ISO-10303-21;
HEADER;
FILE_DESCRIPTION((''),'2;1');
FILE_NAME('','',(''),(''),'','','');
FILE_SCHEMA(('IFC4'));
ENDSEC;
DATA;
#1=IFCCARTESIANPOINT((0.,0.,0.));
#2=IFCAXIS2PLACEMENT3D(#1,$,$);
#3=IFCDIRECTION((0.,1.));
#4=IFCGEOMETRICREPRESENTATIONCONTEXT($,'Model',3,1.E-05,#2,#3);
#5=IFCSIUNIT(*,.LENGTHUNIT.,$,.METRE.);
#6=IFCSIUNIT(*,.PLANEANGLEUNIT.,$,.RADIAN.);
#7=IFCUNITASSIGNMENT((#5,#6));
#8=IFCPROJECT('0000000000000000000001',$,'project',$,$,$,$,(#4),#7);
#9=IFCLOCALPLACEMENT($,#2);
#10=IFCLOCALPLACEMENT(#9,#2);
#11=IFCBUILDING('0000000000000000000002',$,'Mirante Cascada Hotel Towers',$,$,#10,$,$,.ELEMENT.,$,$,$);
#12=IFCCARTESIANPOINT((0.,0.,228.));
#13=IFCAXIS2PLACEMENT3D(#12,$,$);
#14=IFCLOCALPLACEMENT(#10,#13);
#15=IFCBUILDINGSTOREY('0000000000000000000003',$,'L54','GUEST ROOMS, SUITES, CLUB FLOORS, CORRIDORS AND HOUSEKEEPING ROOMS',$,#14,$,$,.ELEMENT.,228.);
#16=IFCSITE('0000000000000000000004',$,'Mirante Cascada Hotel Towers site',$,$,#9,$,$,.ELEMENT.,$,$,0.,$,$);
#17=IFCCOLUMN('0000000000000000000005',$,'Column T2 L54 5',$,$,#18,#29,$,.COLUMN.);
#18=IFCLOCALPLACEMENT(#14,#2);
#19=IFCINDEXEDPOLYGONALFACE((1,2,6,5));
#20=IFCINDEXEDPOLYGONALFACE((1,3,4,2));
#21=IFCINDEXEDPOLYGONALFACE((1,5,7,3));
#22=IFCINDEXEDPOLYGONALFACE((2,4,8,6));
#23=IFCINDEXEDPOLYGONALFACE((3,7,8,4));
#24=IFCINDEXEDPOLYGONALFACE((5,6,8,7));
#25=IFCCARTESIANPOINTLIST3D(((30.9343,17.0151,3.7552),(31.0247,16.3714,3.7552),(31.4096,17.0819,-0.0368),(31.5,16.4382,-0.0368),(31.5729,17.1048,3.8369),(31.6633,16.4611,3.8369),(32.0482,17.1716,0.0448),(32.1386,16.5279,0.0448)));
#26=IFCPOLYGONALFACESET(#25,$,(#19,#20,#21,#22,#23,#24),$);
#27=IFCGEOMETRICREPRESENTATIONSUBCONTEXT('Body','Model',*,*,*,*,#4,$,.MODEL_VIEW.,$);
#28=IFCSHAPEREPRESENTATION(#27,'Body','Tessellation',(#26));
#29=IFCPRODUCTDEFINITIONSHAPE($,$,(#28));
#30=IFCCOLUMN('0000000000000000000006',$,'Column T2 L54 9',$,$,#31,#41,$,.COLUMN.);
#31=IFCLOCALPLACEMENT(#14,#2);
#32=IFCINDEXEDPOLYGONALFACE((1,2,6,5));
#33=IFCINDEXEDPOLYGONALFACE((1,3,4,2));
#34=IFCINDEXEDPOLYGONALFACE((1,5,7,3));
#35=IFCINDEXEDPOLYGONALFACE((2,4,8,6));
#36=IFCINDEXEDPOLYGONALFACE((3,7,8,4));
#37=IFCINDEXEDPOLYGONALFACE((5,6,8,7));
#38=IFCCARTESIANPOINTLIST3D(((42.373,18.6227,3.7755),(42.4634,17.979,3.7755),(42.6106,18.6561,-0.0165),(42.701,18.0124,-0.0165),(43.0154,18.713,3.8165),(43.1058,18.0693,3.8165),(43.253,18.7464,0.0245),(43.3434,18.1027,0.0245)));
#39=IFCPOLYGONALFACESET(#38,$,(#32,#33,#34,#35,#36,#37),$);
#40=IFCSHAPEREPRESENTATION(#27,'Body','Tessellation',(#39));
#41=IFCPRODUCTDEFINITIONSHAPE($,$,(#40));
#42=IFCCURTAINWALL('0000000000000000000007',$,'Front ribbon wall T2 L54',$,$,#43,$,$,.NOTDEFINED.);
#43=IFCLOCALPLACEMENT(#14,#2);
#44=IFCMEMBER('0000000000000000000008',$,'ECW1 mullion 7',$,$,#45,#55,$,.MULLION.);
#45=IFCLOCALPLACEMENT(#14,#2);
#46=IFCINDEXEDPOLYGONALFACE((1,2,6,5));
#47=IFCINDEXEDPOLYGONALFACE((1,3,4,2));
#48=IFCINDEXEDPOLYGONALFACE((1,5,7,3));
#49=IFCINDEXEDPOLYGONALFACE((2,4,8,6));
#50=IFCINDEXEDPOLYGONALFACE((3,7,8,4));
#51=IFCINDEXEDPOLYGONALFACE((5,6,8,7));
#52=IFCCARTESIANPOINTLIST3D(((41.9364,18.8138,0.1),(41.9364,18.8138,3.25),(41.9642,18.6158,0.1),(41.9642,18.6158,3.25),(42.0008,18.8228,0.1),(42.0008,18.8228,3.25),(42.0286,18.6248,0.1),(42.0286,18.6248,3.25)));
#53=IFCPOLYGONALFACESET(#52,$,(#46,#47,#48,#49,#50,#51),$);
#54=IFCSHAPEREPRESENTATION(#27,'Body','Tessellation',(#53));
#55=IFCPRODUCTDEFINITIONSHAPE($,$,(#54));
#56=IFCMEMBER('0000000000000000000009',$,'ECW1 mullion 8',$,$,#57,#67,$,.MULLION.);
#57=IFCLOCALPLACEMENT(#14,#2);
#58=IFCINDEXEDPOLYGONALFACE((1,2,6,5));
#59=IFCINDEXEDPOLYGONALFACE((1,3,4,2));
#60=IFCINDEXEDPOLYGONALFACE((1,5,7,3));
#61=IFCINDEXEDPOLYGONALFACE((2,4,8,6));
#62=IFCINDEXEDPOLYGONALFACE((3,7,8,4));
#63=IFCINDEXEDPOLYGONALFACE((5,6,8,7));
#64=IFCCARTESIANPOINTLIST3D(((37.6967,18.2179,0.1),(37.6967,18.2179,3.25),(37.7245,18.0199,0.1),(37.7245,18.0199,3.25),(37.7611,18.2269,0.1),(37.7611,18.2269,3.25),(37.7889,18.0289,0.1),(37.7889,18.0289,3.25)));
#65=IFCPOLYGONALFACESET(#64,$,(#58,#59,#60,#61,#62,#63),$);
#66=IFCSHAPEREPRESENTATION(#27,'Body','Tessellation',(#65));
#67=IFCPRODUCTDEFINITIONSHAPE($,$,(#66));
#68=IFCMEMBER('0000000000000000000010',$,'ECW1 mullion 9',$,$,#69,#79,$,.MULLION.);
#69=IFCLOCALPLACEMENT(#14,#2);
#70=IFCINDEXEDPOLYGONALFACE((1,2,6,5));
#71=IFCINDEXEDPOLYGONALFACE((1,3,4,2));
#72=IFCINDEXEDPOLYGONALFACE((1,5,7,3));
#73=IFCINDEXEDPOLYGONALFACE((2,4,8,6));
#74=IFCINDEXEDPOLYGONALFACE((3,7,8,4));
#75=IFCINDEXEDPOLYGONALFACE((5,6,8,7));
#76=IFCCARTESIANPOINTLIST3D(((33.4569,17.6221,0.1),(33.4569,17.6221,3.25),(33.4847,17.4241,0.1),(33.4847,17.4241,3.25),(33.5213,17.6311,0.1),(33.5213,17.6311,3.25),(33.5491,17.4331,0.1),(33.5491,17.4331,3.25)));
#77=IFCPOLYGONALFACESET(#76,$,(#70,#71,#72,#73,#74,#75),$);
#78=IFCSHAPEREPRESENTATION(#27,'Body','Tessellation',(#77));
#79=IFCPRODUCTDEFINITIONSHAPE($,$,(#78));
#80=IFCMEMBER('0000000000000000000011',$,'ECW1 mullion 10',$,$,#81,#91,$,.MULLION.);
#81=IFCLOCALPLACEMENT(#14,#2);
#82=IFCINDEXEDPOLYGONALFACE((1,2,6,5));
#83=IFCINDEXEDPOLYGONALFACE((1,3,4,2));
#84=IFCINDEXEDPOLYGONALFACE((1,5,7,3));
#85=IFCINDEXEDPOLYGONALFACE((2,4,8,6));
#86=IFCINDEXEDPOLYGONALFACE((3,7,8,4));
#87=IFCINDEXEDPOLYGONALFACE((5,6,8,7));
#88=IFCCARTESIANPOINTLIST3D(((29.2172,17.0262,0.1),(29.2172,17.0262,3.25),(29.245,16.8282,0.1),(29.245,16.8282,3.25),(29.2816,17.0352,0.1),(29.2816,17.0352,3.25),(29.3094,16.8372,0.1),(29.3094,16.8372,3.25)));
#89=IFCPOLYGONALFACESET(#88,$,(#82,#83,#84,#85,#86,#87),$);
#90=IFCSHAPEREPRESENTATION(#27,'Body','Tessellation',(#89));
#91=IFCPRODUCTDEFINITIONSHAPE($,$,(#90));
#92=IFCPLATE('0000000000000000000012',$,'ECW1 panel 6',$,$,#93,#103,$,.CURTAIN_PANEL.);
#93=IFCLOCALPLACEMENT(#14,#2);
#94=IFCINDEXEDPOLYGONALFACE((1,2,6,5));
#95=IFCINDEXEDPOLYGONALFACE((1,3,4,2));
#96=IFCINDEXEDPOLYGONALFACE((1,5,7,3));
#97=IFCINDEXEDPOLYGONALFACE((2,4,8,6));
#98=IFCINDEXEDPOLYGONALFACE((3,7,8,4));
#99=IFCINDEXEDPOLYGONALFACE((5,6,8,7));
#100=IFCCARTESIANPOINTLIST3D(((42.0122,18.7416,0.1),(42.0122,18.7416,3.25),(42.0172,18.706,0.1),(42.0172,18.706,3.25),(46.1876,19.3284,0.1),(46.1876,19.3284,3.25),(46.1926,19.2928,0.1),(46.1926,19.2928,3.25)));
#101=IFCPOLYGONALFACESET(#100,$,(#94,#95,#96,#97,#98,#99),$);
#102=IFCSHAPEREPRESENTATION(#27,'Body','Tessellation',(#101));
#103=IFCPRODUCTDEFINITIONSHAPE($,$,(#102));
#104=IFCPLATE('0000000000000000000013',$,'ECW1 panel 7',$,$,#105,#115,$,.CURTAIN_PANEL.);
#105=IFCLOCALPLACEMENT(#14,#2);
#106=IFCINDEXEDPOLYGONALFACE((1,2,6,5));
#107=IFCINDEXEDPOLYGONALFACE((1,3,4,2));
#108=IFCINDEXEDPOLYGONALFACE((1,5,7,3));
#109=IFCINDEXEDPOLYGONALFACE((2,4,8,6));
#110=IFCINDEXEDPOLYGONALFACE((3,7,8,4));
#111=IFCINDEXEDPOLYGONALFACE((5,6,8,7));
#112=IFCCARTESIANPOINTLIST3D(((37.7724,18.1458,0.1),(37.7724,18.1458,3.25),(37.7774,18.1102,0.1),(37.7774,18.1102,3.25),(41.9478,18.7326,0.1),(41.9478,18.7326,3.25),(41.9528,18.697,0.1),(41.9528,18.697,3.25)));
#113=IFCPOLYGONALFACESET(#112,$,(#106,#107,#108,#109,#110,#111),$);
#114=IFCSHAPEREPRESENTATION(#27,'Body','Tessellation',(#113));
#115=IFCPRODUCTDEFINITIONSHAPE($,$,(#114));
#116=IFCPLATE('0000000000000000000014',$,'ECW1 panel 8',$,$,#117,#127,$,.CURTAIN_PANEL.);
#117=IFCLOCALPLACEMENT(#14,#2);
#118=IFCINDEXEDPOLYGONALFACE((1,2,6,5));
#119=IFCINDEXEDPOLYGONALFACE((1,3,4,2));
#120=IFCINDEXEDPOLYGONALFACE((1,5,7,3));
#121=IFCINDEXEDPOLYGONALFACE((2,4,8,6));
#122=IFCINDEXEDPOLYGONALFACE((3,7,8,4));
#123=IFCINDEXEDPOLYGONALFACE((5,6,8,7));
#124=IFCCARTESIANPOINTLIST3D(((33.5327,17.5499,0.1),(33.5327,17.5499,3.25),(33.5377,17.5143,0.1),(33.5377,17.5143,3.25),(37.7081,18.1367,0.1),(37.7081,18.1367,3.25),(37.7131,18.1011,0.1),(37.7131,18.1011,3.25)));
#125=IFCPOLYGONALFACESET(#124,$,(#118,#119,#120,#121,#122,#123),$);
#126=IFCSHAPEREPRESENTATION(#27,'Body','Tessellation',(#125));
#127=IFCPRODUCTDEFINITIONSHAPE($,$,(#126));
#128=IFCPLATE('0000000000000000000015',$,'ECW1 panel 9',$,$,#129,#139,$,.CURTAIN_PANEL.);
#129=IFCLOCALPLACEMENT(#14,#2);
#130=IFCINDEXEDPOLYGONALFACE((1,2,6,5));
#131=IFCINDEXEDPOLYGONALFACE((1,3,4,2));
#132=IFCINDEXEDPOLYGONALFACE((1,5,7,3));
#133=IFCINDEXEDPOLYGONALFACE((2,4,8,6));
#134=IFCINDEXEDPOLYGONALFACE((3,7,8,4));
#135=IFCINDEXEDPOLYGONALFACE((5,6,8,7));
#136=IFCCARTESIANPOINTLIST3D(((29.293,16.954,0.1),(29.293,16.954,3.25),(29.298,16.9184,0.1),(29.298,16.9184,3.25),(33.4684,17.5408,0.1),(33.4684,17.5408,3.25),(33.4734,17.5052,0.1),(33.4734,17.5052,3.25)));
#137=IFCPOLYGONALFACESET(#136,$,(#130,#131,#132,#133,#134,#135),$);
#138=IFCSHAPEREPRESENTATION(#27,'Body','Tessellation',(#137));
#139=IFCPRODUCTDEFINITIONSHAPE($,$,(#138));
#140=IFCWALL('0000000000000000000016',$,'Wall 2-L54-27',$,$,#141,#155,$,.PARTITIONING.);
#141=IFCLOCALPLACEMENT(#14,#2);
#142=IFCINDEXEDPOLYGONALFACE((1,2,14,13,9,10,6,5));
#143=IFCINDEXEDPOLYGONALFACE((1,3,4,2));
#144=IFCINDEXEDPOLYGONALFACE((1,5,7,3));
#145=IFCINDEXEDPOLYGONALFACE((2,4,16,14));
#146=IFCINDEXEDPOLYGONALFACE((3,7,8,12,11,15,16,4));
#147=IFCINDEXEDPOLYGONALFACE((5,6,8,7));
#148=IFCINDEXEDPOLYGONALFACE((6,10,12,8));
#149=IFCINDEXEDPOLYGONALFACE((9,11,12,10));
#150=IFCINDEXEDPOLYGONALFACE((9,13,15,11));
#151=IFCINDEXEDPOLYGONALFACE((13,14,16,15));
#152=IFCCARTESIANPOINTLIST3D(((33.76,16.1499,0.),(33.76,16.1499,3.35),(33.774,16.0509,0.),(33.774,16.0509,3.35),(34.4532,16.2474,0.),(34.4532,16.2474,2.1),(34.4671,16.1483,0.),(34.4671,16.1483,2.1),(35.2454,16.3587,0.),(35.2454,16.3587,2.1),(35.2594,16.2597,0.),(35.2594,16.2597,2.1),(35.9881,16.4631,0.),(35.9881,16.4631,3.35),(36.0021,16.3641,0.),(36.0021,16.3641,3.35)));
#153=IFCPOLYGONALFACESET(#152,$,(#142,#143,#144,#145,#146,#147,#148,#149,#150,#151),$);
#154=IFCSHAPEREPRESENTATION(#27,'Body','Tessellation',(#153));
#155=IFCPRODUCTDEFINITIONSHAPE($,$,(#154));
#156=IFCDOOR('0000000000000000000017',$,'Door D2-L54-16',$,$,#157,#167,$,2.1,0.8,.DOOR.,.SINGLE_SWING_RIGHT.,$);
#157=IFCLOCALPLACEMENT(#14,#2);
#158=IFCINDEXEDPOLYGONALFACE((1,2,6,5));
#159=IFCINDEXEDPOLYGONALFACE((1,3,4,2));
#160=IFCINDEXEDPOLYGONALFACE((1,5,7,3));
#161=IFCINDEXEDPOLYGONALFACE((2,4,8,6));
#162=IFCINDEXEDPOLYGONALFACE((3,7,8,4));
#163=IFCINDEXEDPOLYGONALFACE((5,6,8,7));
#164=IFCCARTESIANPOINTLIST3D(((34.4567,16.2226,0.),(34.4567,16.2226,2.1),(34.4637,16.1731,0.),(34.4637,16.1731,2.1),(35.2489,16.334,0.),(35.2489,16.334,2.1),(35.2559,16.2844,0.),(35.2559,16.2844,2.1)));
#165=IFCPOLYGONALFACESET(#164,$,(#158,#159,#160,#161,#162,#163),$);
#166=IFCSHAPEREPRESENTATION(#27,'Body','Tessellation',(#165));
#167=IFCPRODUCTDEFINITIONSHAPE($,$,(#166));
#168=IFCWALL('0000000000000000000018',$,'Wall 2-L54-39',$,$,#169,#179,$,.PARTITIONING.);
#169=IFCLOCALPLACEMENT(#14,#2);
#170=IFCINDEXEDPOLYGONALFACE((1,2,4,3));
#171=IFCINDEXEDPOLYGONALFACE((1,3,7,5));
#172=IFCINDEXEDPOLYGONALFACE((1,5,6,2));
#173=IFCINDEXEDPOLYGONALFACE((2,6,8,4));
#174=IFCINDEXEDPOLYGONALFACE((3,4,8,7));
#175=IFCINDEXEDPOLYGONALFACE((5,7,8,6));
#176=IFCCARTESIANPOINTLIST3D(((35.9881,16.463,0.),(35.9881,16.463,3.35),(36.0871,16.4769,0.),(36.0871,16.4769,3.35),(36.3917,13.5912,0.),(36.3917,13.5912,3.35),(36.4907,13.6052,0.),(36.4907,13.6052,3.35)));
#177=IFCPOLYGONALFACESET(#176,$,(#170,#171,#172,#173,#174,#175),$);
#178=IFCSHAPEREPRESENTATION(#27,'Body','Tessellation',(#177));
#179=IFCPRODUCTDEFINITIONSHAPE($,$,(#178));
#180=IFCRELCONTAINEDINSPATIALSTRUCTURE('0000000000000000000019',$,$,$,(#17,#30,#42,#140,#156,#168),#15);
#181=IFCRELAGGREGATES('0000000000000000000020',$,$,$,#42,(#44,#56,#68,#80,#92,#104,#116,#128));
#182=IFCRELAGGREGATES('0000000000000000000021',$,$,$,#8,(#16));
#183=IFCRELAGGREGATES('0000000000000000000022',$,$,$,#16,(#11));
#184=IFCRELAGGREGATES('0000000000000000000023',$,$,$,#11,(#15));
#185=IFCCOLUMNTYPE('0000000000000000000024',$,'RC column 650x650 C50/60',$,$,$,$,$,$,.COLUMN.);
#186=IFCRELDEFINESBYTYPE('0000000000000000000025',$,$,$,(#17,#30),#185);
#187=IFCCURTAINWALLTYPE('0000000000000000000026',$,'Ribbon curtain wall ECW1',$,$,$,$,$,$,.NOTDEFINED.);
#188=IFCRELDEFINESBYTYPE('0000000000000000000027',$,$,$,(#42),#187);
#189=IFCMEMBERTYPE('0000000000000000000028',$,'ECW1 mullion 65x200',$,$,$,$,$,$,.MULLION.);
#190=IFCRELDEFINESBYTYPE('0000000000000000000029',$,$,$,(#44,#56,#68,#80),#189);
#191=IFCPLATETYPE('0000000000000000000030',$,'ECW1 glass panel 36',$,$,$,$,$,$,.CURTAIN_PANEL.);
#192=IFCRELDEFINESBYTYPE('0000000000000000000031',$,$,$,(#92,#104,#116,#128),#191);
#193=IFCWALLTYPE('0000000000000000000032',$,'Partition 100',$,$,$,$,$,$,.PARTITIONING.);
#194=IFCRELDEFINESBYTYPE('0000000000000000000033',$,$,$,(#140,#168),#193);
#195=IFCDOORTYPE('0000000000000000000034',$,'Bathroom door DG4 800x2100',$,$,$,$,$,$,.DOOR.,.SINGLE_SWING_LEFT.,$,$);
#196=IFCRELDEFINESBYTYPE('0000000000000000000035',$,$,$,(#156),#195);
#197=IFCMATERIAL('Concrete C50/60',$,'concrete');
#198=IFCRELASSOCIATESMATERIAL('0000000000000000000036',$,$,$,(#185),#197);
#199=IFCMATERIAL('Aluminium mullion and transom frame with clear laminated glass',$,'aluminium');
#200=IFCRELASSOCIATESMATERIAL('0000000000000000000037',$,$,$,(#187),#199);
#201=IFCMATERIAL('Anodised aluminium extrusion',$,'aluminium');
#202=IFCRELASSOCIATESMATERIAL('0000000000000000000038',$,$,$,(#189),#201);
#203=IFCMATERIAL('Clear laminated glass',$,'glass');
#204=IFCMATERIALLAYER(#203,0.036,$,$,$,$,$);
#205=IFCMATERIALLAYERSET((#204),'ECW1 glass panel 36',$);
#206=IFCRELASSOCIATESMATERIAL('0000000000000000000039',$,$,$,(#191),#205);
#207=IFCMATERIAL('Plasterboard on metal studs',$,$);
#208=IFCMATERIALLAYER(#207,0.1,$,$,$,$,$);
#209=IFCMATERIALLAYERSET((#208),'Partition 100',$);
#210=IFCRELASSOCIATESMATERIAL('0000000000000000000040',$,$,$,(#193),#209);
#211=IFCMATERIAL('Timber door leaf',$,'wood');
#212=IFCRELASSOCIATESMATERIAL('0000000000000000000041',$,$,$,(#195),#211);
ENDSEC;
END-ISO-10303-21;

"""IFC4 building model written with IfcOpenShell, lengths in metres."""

from ifc_helpers import new_model, si_unit, direction, frame, frame_2d, origin, origin_2d, place, context, subcontext, project, spatial, rectangle, extrude, material, layer, layer_set, material_profile, profile_set, type_object, element, fill, aggregate, save


model = new_model("IFC4")

# Units and contexts
model_context = context("Model", 3, precision=1e-05, world=origin(), true_north=direction((0.0, 1.0)))
body_context = subcontext(model_context, "Body", "Model", "MODEL_VIEW")
ifc_project = project(units=[si_unit("LENGTHUNIT", "METRE"), si_unit("PLANEANGLEUNIT", "RADIAN")], contexts=[model_context])

# Site, building, storey
site_placement = place(None, origin())
site = spatial("IfcSite", under=ifc_project, at=site_placement, Name="Mirante Cascada Hotel Towers site", CompositionType="ELEMENT", RefElevation=0.0)
building_placement = place(site_placement, origin())
building = spatial("IfcBuilding", under=site, at=building_placement, Name="Mirante Cascada Hotel Towers", CompositionType="ELEMENT")
storey_placement = place(building_placement, frame((0.0, 0.0, 228.0)))
storey = spatial("IfcBuildingStorey", under=building, at=storey_placement, Name="L54", Description="GUEST ROOMS, SUITES, CLUB FLOORS, CORRIDORS AND HOUSEKEEPING ROOMS", CompositionType="ELEMENT", Elevation=228.0)

# Columns
ifc_material_1 = material(Name="Concrete C50/60", Category="concrete")
ifc_material_profile_1 = material_profile(ifc_material_1, rectangle(XDim=0.65, YDim=0.65, at=origin_2d()), Name="RC column 650x650 C50/60")
ifc_profile_set_1 = profile_set([ifc_material_profile_1], Name="Concrete C50/60")
column_type = type_object("IfcColumnType", Name="RC column 650x650 C50/60", PredefinedType="COLUMN", material=ifc_profile_set_1)
column_1_placement = place(storey_placement, frame((31.7741, 16.8049, 0.004), z_axis=(-0.124351, -0.017477, 0.992084), x_axis=(0.139175, -0.990268, 0.0)))
element("IfcColumn", 1, at=column_1_placement, inside=storey, type_object=column_type, Name="Column T2 L54 5", PredefinedType="COLUMN", context=body_context, shape_type="SweptSolid", body=[
    extrude(rectangle(XDim=0.65, YDim=0.65, at=origin_2d()), origin(), (0.0, 0.0, 1.0), 3.8223),
])
column_2_placement = place(storey_placement, frame((42.977, 18.3794, 0.004), z_axis=(-0.062533, -0.00879, 0.998004), x_axis=(0.139204, -0.990264, 0.0)))
element("IfcColumn", 2, at=column_2_placement, inside=storey, type_object=column_type, Name="Column T2 L54 9", PredefinedType="COLUMN", context=body_context, shape_type="SweptSolid", body=[
    extrude(rectangle(XDim=0.65, YDim=0.65, at=origin_2d()), origin(), (0.0, 0.0, 1.0), 3.7996),
])

# Curtain wall, members, plates
ifc_material_2 = material(Name="Aluminium mullion and transom frame with clear laminated glass", Category="aluminium")
curtain_wall_type = type_object("IfcCurtainWallType", Name="Ribbon curtain wall ECW1", PredefinedType="NOTDEFINED", material=ifc_material_2)
curtain_wall_placement = place(storey_placement, origin())
curtain_wall = element("IfcCurtainWall", 3, at=curtain_wall_placement, inside=storey, type_object=curtain_wall_type, Name="Front ribbon wall T2 L54", PredefinedType="NOTDEFINED")
ifc_material_3 = material(Name="Anodised aluminium extrusion", Category="aluminium")
ifc_material_profile_2 = material_profile(ifc_material_3, rectangle(XDim=0.2, YDim=0.065, at=origin_2d()), Name="ECW1 MULLION 65x200")
ifc_profile_set_2 = profile_set([ifc_material_profile_2], Name="Anodised aluminium extrusion")
member_type = type_object("IfcMemberType", Name="ECW1 mullion 65x200", PredefinedType="MULLION", material=ifc_profile_set_2)
member_1_placement = place(storey_placement, frame((41.9825, 18.7193, 0.1), z_axis=(0.0, 0.0, 1.0), x_axis=(0.139173, -0.990268, 0.0)))
member_1 = element("IfcMember", 4, at=member_1_placement, type_object=member_type, Name="ECW1 mullion 7", PredefinedType="MULLION", context=body_context, shape_type="SweptSolid", body=[
    extrude(rectangle(XDim=0.2, YDim=0.065, at=origin_2d()), origin(), (0.0, 0.0, 1.0), 3.15),
])
member_2_placement = place(storey_placement, frame((37.7428, 18.1234, 0.1), z_axis=(0.0, 0.0, 1.0), x_axis=(0.139173, -0.990268, 0.0)))
member_2 = element("IfcMember", 5, at=member_2_placement, type_object=member_type, Name="ECW1 mullion 8", PredefinedType="MULLION", context=body_context, shape_type="SweptSolid", body=[
    extrude(rectangle(XDim=0.2, YDim=0.065, at=origin_2d()), origin(), (0.0, 0.0, 1.0), 3.15),
])
member_3_placement = place(storey_placement, frame((33.503, 17.5276, 0.1), z_axis=(0.0, 0.0, 1.0), x_axis=(0.139173, -0.990268, 0.0)))
member_3 = element("IfcMember", 6, at=member_3_placement, type_object=member_type, Name="ECW1 mullion 9", PredefinedType="MULLION", context=body_context, shape_type="SweptSolid", body=[
    extrude(rectangle(XDim=0.2, YDim=0.065, at=origin_2d()), origin(), (0.0, 0.0, 1.0), 3.15),
])
member_4_placement = place(storey_placement, frame((29.2633, 16.9317, 0.1), z_axis=(0.0, 0.0, 1.0), x_axis=(0.139173, -0.990268, 0.0)))
member_4 = element("IfcMember", 7, at=member_4_placement, type_object=member_type, Name="ECW1 mullion 10", PredefinedType="MULLION", context=body_context, shape_type="SweptSolid", body=[
    extrude(rectangle(XDim=0.2, YDim=0.065, at=origin_2d()), origin(), (0.0, 0.0, 1.0), 3.15),
])
ifc_material_4 = material(Name="Clear laminated glass", Category="glass")
ifc_layer_1 = layer(ifc_material_4, 0.036)
ifc_layer_set_1 = layer_set([ifc_layer_1], Name="ECW1 glass panel 36")
plate_type = type_object("IfcPlateType", Name="ECW1 glass panel 36", PredefinedType="CURTAIN_PANEL", material=ifc_layer_set_1)
plate_1_placement = place(storey_placement, frame((44.1024, 19.0172, 0.1), z_axis=(0.0, 0.0, 1.0), x_axis=(-0.990268, -0.139173, 0.0)))
plate_1 = element("IfcPlate", 8, at=plate_1_placement, type_object=plate_type, Name="ECW1 panel 6", PredefinedType="CURTAIN_PANEL", context=body_context, shape_type="SweptSolid", body=[
    extrude(rectangle(XDim=4.2164, YDim=0.036, at=origin_2d()), origin(), (0.0, 0.0, 1.0), 3.15),
])
plate_2_placement = place(storey_placement, frame((39.8626, 18.4214, 0.1), z_axis=(0.0, 0.0, 1.0), x_axis=(-0.990268, -0.139173, 0.0)))
plate_2 = element("IfcPlate", 9, at=plate_2_placement, type_object=plate_type, Name="ECW1 panel 7", PredefinedType="CURTAIN_PANEL", context=body_context, shape_type="SweptSolid", body=[
    extrude(rectangle(XDim=4.2164, YDim=0.036, at=origin_2d()), origin(), (0.0, 0.0, 1.0), 3.15),
])
plate_3_placement = place(storey_placement, frame((35.6229, 17.8255, 0.1), z_axis=(0.0, 0.0, 1.0), x_axis=(-0.990268, -0.139173, 0.0)))
plate_3 = element("IfcPlate", 10, at=plate_3_placement, type_object=plate_type, Name="ECW1 panel 8", PredefinedType="CURTAIN_PANEL", context=body_context, shape_type="SweptSolid", body=[
    extrude(rectangle(XDim=4.2164, YDim=0.036, at=origin_2d()), origin(), (0.0, 0.0, 1.0), 3.15),
])
plate_4_placement = place(storey_placement, frame((31.3832, 17.2296, 0.1), z_axis=(0.0, 0.0, 1.0), x_axis=(-0.990268, -0.139173, 0.0)))
plate_4 = element("IfcPlate", 11, at=plate_4_placement, type_object=plate_type, Name="ECW1 panel 9", PredefinedType="CURTAIN_PANEL", context=body_context, shape_type="SweptSolid", body=[
    extrude(rectangle(XDim=4.2164, YDim=0.036, at=origin_2d()), origin(), (0.0, 0.0, 1.0), 3.15),
])
aggregate(curtain_wall, [member_1, member_2, member_3, member_4, plate_1, plate_2, plate_3, plate_4])

# Wall, opening, door
ifc_material_5 = material(Name="Plasterboard on metal studs")
ifc_layer_2 = layer(ifc_material_5, 0.1)
ifc_layer_set_2 = layer_set([ifc_layer_2], Name="Partition 100")
wall_type = type_object("IfcWallType", Name="Partition 100", PredefinedType="PARTITIONING", material=ifc_layer_set_2)
wall_1_placement = place(storey_placement, frame((33.767, 16.1004, 0.0), z_axis=(0.0, 0.0, 1.0), x_axis=(0.990264, 0.1392, 0.0)))
wall_1 = element("IfcWall", 12, at=wall_1_placement, inside=storey, type_object=wall_type, Name="Wall 2-L54-27", PredefinedType="PARTITIONING", context=body_context, shape_type="SweptSolid", body=[
    extrude(rectangle(XDim=2.25, YDim=0.1, at=frame_2d((1.125, 0.0))), origin(), (0.0, 0.0, 1.0), 3.35),
])
opening_1_placement = place(wall_1_placement, frame((0.7, 0.0, 0.0)))
opening_1 = element("IfcOpeningElement", 13, at=opening_1_placement, cuts=wall_1, PredefinedType="OPENING", context=body_context, shape_type="SweptSolid", body=[
    extrude(rectangle(XDim=0.8, YDim=2.1, at=frame_2d((0.4, 1.05))), frame((0.0, 0.05, 0.0), z_axis=(0.0, -1.0, 0.0), x_axis=(1.0, 0.0, 0.0)), (0.0, 0.0, 1.0), 0.1),
])
ifc_material_6 = material(Name="Timber door leaf", Category="wood")
door_type_1 = type_object("IfcDoorType", Name="Bathroom door DG4 800x2100", OperationType="SINGLE_SWING_LEFT", PredefinedType="DOOR", material=ifc_material_6)
door_1_placement = place(opening_1_placement, frame((0.8, 0.0, 0.0), z_axis=(0.0, 0.0, 1.0), x_axis=(-1.0, 0.0, 0.0)))
door_1 = element("IfcDoor", 14, at=door_1_placement, inside=storey, type_object=door_type_1, Name="Door D2-L54-16", OperationType="SINGLE_SWING_RIGHT", OverallHeight=2.1, OverallWidth=0.8, PredefinedType="DOOR", context=body_context, shape_type="SweptSolid", body=[
    extrude(rectangle(XDim=0.8, YDim=2.1, at=frame_2d((0.4, 1.05))), frame((0.0, 0.025, 0.0), z_axis=(0.0, -1.0, 0.0), x_axis=(1.0, 0.0, 0.0)), (0.0, 0.0, 1.0), 0.05),
])
fill(opening_1, door_1)

# Wall
wall_2_placement = place(storey_placement, frame((36.4412, 13.5982, 0.0), z_axis=(0.0, 0.0, 1.0), x_axis=(-0.139171, 0.990268, 0.0)))
element("IfcWall", 15, at=wall_2_placement, inside=storey, type_object=wall_type, Name="Wall 2-L54-39", PredefinedType="PARTITIONING", context=body_context, shape_type="SweptSolid", body=[
    extrude(rectangle(XDim=2.9, YDim=0.1, at=frame_2d((1.45, 0.0))), origin(), (0.0, 0.0, 1.0), 3.35),
])

save(model, "model.ifc")
